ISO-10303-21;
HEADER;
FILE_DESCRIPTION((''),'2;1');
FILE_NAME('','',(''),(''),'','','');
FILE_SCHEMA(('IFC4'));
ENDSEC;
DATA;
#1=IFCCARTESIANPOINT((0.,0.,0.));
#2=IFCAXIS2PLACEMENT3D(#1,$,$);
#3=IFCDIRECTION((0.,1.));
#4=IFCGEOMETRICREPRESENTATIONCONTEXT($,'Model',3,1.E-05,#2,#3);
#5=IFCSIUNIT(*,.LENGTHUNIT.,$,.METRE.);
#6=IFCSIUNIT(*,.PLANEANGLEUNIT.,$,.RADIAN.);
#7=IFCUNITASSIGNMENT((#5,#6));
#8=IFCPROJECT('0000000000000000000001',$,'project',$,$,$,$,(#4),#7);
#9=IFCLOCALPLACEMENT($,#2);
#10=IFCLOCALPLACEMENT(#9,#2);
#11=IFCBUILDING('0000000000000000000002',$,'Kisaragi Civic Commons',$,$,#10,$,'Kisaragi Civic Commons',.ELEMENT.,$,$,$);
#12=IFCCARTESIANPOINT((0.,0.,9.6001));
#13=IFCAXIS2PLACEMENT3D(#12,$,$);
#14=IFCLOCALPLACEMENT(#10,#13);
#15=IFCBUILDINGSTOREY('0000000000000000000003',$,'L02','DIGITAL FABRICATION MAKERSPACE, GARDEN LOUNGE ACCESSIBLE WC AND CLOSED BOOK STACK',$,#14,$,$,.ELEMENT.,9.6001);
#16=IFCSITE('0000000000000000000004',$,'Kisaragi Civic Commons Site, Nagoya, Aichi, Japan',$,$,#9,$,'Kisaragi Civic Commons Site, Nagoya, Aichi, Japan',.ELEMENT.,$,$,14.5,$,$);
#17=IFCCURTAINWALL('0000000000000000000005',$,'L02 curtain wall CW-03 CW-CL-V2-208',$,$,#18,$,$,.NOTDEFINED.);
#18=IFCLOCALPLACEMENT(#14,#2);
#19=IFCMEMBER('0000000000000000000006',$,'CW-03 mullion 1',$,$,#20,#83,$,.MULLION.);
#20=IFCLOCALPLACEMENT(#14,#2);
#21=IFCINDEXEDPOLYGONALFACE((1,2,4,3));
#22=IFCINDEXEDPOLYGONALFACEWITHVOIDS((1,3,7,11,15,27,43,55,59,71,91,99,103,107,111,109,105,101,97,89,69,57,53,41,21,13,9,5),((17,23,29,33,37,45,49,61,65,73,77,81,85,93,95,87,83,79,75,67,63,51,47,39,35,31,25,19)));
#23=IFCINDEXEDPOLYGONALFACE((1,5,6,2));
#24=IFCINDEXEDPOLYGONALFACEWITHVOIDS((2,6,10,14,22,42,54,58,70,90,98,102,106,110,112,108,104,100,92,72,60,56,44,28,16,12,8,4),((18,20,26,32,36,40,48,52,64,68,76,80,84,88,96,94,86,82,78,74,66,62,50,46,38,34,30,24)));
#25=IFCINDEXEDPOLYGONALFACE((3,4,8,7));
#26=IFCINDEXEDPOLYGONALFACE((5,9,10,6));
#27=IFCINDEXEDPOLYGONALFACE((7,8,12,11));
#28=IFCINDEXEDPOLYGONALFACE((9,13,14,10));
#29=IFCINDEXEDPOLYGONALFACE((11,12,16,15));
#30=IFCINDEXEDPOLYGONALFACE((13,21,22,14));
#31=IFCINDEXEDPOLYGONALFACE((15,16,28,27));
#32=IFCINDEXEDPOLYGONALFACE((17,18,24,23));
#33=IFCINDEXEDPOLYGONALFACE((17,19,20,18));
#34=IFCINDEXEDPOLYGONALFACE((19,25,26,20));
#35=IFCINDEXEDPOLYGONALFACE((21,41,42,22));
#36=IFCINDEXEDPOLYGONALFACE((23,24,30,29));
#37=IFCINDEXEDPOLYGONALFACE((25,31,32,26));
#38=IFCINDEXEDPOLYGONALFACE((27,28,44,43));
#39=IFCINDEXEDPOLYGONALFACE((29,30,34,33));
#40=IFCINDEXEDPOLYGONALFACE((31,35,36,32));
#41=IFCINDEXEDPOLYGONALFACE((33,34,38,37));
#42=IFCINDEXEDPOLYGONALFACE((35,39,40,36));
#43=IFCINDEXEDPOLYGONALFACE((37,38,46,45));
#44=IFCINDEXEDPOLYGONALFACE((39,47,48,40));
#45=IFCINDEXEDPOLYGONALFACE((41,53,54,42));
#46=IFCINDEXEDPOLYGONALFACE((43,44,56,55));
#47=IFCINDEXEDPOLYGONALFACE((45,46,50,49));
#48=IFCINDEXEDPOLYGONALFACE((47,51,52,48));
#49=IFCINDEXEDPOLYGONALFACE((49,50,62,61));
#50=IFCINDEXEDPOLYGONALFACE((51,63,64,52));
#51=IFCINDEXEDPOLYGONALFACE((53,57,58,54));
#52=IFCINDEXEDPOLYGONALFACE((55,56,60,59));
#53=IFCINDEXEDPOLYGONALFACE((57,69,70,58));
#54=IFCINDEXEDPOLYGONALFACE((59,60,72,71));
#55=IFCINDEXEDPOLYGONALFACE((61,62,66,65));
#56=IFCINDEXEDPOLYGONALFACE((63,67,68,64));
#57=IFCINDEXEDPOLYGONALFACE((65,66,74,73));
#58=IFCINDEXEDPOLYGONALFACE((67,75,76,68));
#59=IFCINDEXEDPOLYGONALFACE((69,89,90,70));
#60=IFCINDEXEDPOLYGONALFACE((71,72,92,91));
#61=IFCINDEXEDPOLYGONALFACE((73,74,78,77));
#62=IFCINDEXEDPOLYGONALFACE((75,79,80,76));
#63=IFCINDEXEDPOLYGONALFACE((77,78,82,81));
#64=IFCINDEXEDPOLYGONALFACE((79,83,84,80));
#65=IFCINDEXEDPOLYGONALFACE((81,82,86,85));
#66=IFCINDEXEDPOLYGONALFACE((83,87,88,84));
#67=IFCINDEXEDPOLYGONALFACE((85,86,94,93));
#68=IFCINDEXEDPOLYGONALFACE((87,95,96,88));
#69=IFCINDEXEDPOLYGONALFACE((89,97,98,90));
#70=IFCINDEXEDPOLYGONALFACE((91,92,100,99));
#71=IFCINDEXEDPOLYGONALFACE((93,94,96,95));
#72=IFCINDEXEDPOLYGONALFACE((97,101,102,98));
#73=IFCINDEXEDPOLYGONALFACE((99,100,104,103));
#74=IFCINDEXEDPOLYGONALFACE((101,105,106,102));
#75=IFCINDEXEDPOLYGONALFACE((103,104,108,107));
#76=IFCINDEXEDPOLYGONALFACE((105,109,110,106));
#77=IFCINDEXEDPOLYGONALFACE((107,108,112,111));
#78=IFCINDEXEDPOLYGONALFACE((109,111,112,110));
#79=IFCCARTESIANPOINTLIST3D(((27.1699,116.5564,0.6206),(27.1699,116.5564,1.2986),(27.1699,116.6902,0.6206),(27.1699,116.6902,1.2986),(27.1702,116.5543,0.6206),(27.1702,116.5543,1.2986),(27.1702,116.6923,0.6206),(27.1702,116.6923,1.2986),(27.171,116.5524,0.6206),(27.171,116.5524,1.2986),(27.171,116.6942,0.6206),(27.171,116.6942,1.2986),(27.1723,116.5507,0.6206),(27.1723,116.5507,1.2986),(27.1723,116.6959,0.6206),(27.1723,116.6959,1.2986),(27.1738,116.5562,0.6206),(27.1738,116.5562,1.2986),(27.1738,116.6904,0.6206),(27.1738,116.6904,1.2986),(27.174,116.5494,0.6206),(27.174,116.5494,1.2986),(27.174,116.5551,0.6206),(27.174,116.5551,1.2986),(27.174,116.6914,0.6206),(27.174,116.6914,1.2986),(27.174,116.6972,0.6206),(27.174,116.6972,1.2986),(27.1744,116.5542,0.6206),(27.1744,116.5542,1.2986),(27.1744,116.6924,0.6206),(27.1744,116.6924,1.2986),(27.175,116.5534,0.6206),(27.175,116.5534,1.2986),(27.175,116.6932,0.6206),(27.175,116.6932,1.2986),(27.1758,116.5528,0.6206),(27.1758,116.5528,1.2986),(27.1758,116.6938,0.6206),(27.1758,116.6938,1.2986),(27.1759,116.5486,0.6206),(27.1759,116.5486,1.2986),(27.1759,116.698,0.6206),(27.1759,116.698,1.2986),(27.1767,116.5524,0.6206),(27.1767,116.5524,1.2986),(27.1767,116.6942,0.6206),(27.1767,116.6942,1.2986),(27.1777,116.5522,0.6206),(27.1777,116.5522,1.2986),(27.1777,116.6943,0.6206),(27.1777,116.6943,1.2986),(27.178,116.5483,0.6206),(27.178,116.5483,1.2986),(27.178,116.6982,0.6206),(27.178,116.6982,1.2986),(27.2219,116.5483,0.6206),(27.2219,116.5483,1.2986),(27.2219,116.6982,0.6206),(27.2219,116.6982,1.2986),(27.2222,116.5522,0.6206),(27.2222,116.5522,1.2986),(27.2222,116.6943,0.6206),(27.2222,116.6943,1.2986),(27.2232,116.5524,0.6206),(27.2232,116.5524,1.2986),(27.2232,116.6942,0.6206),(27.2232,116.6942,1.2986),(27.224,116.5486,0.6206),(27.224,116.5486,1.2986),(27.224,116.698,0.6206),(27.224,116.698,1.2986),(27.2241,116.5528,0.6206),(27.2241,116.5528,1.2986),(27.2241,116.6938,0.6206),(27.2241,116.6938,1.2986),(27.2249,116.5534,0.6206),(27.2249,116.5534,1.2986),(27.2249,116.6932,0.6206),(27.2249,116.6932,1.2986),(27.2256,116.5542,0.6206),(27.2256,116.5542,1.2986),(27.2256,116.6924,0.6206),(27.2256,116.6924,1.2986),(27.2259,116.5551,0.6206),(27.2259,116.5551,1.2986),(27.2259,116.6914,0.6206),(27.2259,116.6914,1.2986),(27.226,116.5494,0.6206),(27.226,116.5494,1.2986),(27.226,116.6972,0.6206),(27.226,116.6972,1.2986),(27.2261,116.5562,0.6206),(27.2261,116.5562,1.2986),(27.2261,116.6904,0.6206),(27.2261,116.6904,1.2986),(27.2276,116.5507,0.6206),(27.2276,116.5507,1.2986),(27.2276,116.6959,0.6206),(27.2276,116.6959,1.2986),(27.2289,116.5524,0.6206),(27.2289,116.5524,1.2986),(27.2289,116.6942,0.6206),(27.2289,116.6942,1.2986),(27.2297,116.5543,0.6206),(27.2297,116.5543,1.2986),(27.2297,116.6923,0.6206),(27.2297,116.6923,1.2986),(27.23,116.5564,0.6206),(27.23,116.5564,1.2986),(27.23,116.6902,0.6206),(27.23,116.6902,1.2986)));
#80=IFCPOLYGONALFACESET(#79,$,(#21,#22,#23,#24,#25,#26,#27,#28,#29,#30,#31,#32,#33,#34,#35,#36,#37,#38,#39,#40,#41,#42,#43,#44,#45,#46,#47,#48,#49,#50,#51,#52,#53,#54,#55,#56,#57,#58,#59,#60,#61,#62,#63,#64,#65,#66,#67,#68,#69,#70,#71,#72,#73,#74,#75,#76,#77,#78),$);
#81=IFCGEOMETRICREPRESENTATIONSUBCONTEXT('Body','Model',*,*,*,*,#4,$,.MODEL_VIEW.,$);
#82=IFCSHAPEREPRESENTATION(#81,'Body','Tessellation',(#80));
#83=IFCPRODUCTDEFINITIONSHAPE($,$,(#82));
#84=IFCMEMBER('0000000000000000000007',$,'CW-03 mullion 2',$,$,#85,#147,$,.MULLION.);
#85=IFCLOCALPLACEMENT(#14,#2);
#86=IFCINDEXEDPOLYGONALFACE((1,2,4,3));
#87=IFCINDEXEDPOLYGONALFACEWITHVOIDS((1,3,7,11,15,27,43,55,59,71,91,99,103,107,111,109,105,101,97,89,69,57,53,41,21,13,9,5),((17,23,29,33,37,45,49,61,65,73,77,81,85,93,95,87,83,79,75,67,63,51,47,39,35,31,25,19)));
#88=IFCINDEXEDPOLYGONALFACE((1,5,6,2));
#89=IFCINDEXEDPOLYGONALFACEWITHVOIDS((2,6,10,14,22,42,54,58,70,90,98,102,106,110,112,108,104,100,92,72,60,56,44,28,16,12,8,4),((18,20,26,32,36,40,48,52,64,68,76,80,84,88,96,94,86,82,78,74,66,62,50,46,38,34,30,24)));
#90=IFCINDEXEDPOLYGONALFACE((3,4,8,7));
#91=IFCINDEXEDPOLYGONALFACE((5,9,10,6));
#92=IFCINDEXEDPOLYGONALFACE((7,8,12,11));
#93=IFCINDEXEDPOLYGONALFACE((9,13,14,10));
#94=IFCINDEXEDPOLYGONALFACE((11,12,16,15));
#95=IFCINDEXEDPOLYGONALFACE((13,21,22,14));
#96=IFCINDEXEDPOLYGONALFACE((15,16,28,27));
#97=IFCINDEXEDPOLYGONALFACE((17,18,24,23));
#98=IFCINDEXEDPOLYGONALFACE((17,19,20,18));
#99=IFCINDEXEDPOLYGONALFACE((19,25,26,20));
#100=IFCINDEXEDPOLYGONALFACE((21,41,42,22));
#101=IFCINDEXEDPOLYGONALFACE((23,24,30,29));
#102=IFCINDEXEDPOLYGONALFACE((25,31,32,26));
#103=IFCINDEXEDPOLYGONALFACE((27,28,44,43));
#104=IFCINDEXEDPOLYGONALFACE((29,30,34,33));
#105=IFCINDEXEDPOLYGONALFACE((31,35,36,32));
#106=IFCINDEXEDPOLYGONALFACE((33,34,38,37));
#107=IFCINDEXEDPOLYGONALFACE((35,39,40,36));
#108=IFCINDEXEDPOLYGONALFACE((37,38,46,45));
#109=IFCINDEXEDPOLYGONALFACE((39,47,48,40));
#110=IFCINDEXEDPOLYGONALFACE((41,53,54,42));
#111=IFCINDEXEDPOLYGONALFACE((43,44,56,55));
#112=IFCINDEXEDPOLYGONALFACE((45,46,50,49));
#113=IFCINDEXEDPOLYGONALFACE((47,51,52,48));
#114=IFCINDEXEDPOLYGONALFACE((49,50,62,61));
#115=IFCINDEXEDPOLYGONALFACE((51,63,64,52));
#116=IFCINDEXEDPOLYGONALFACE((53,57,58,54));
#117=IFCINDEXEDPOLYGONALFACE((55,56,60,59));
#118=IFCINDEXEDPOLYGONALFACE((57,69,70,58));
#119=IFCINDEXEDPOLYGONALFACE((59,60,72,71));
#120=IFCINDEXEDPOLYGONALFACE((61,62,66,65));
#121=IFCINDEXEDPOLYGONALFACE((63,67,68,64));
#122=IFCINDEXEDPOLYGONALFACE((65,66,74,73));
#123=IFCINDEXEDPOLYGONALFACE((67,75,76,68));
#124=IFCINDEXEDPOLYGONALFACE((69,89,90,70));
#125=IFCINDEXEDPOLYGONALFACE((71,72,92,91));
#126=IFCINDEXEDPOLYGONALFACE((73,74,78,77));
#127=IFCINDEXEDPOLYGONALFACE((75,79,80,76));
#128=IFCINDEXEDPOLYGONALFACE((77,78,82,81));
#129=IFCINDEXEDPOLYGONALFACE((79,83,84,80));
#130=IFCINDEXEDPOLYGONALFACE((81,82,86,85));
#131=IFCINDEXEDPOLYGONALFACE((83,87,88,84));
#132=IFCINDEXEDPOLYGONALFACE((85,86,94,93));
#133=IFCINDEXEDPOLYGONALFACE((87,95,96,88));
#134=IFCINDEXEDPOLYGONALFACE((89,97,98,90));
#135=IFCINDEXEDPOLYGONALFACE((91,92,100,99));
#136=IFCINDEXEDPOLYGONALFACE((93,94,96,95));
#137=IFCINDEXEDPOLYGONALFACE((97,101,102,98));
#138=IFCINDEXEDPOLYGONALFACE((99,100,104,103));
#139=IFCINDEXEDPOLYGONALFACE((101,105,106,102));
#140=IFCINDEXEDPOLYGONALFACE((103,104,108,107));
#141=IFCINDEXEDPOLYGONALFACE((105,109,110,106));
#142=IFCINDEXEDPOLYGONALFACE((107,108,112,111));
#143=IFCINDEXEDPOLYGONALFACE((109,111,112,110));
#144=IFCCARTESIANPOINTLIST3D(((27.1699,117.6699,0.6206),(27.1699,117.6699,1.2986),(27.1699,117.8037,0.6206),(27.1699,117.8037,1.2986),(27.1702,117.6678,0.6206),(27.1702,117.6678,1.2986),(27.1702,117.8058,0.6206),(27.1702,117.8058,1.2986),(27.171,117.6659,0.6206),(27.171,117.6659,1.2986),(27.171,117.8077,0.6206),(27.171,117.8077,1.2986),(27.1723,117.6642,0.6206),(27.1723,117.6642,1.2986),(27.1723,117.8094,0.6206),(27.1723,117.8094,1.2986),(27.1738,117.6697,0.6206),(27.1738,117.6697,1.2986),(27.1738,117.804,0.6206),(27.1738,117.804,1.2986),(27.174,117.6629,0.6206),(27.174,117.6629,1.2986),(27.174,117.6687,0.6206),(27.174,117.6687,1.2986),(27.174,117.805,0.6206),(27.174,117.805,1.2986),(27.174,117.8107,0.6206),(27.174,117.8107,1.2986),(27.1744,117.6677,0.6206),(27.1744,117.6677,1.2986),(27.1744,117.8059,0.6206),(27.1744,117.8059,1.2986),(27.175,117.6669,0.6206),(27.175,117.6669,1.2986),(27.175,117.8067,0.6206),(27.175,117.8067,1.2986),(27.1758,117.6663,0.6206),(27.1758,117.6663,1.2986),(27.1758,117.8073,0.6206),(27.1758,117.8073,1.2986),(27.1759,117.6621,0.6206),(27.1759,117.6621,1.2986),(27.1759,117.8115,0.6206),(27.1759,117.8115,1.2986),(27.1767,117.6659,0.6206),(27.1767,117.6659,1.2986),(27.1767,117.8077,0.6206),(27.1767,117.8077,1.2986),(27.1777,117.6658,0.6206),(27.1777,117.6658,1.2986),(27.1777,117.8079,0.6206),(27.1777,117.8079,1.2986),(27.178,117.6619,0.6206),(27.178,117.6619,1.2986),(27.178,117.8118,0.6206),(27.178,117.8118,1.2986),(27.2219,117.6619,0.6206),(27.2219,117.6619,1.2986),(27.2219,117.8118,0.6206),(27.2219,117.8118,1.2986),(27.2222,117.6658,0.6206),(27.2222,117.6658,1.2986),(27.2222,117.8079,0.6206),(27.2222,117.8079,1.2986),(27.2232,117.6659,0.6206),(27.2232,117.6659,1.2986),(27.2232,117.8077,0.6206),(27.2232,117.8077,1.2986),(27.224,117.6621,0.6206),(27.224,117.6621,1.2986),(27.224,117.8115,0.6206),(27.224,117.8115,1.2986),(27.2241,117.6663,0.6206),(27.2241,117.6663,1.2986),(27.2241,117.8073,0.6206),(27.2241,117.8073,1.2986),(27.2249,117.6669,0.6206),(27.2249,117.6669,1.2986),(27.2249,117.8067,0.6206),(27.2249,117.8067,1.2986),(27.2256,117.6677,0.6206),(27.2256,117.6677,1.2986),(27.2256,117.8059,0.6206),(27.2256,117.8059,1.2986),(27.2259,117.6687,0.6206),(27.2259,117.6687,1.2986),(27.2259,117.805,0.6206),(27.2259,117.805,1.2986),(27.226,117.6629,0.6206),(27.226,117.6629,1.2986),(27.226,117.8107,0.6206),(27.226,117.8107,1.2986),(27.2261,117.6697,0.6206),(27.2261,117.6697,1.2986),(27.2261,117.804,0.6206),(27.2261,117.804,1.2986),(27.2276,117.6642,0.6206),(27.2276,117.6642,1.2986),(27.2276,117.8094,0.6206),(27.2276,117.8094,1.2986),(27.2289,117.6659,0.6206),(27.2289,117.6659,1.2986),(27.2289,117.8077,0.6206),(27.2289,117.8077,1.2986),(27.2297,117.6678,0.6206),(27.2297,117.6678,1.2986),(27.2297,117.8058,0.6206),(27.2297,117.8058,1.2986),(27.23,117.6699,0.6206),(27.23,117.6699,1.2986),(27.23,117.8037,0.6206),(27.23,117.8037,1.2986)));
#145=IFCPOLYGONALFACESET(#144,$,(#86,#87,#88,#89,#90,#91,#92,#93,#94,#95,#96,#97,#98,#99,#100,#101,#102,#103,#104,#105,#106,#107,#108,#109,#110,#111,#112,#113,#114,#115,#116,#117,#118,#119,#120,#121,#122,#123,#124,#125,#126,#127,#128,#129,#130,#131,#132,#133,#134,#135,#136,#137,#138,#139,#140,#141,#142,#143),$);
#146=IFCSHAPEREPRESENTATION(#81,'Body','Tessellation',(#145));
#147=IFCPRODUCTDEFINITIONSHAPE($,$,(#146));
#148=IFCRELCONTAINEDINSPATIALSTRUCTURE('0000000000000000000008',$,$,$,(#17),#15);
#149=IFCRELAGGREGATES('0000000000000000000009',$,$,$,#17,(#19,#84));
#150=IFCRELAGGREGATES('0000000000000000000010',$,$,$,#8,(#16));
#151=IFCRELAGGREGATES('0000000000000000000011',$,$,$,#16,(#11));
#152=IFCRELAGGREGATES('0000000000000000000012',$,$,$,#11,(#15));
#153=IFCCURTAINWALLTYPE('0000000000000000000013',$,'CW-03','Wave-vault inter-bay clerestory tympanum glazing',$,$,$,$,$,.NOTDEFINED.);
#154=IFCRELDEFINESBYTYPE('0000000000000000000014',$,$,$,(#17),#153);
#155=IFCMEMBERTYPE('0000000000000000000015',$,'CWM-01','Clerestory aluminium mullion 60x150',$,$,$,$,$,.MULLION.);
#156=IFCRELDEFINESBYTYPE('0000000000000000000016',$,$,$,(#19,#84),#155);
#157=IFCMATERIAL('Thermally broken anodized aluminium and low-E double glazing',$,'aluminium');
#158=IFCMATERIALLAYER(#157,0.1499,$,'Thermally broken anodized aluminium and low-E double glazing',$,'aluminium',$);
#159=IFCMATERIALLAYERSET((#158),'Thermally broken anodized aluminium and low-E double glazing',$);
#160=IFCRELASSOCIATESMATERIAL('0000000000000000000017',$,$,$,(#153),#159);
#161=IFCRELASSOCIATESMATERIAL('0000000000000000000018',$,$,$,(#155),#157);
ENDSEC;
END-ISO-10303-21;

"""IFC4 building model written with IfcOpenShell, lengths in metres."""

from ifc_helpers import new_model, si_unit, direction, frame, origin, origin_2d, place, context, subcontext, project, spatial, hollow_rectangle, extrude, material, layer, layer_set, material_profile, profile_set, type_object, element, aggregate, save


model = new_model("IFC4")

# Units and contexts
model_context = context("Model", 3, precision=1e-05, world=origin(), true_north=direction((0.0, 1.0)))
body_context = subcontext(model_context, "Body", "Model", "MODEL_VIEW")
ifc_project = project(units=[si_unit("LENGTHUNIT", "METRE"), si_unit("PLANEANGLEUNIT", "RADIAN")], contexts=[model_context])

# Site, building, storey
site_placement = place(None, origin())
site = spatial("IfcSite", under=ifc_project, at=site_placement, Name="Kisaragi Civic Commons Site, Nagoya, Aichi, Japan", LongName="Kisaragi Civic Commons Site, Nagoya, Aichi, Japan", CompositionType="ELEMENT", RefElevation=14.5)
building_placement = place(site_placement, origin())
building = spatial("IfcBuilding", under=site, at=building_placement, Name="Kisaragi Civic Commons", LongName="Kisaragi Civic Commons", CompositionType="ELEMENT")
storey_placement = place(building_placement, frame((0.0, 0.0, 9.6001)))
storey = spatial("IfcBuildingStorey", under=building, at=storey_placement, Name="L02", Description="DIGITAL FABRICATION MAKERSPACE, GARDEN LOUNGE ACCESSIBLE WC AND CLOSED BOOK STACK", CompositionType="ELEMENT", Elevation=9.6001)

# Curtain wall, members
ifc_material_1 = material(Name="Thermally broken anodized aluminium and low-E double glazing", Category="aluminium")
ifc_layer_1 = layer(ifc_material_1, 0.1499, Name="Thermally broken anodized aluminium and low-E double glazing", Category="aluminium")
ifc_layer_set_1 = layer_set([ifc_layer_1], Name="Thermally broken anodized aluminium and low-E double glazing")
curtain_wall_type_1 = type_object("IfcCurtainWallType", Name="CW-03", Description="Wave-vault inter-bay clerestory tympanum glazing", PredefinedType="NOTDEFINED", material=ifc_layer_set_1)
curtain_wall_1_placement = place(storey_placement, origin())
curtain_wall_1 = element("IfcCurtainWall", 1, at=curtain_wall_1_placement, inside=storey, type_object=curtain_wall_type_1, Name="L02 curtain wall CW-03 CW-CL-V2-208", PredefinedType="NOTDEFINED")
ifc_material_profile_1 = material_profile(ifc_material_1, hollow_rectangle(XDim=0.0601, YDim=0.1499, WallThickness=0.0039, InnerFilletRadius=0.0039, OuterFilletRadius=0.0081, at=origin_2d()), Name="CWM-60x150x4", Category="aluminium")
ifc_profile_set_1 = profile_set([ifc_material_profile_1], Name="Thermally broken anodized aluminium and low-E double glazing")
member_type_1 = type_object("IfcMemberType", Name="CWM-01", Description="Clerestory aluminium mullion 60x150", PredefinedType="MULLION", material=ifc_profile_set_1)
member_1_placement = place(storey_placement, frame((27.2, 116.6233, 0.6206), z_axis=(0.0, 0.0, 1.0), x_axis=(-1.0, 0.0, 0.0)))
member_1 = element("IfcMember", 2, at=member_1_placement, type_object=member_type_1, Name="CW-03 mullion 1", PredefinedType="MULLION", context=body_context, shape_type="SweptSolid", body=[
    extrude(hollow_rectangle(XDim=0.0601, YDim=0.1499, WallThickness=0.0039, InnerFilletRadius=0.0039, OuterFilletRadius=0.0081, at=origin_2d()), origin(), (0.0, 0.0, 1.0), 0.678),
])
member_2_placement = place(storey_placement, frame((27.2, 117.7368, 0.6206), z_axis=(0.0, 0.0, 1.0), x_axis=(-1.0, 0.0, 0.0)))
member_2 = element("IfcMember", 3, at=member_2_placement, type_object=member_type_1, Name="CW-03 mullion 2", PredefinedType="MULLION", context=body_context, shape_type="SweptSolid", body=[
    extrude(hollow_rectangle(XDim=0.0601, YDim=0.1499, WallThickness=0.0039, InnerFilletRadius=0.0039, OuterFilletRadius=0.0081, at=origin_2d()), origin(), (0.0, 0.0, 1.0), 0.678),
])

aggregate(curtain_wall_1, [member_1, member_2])

save(model, "model.ifc")
